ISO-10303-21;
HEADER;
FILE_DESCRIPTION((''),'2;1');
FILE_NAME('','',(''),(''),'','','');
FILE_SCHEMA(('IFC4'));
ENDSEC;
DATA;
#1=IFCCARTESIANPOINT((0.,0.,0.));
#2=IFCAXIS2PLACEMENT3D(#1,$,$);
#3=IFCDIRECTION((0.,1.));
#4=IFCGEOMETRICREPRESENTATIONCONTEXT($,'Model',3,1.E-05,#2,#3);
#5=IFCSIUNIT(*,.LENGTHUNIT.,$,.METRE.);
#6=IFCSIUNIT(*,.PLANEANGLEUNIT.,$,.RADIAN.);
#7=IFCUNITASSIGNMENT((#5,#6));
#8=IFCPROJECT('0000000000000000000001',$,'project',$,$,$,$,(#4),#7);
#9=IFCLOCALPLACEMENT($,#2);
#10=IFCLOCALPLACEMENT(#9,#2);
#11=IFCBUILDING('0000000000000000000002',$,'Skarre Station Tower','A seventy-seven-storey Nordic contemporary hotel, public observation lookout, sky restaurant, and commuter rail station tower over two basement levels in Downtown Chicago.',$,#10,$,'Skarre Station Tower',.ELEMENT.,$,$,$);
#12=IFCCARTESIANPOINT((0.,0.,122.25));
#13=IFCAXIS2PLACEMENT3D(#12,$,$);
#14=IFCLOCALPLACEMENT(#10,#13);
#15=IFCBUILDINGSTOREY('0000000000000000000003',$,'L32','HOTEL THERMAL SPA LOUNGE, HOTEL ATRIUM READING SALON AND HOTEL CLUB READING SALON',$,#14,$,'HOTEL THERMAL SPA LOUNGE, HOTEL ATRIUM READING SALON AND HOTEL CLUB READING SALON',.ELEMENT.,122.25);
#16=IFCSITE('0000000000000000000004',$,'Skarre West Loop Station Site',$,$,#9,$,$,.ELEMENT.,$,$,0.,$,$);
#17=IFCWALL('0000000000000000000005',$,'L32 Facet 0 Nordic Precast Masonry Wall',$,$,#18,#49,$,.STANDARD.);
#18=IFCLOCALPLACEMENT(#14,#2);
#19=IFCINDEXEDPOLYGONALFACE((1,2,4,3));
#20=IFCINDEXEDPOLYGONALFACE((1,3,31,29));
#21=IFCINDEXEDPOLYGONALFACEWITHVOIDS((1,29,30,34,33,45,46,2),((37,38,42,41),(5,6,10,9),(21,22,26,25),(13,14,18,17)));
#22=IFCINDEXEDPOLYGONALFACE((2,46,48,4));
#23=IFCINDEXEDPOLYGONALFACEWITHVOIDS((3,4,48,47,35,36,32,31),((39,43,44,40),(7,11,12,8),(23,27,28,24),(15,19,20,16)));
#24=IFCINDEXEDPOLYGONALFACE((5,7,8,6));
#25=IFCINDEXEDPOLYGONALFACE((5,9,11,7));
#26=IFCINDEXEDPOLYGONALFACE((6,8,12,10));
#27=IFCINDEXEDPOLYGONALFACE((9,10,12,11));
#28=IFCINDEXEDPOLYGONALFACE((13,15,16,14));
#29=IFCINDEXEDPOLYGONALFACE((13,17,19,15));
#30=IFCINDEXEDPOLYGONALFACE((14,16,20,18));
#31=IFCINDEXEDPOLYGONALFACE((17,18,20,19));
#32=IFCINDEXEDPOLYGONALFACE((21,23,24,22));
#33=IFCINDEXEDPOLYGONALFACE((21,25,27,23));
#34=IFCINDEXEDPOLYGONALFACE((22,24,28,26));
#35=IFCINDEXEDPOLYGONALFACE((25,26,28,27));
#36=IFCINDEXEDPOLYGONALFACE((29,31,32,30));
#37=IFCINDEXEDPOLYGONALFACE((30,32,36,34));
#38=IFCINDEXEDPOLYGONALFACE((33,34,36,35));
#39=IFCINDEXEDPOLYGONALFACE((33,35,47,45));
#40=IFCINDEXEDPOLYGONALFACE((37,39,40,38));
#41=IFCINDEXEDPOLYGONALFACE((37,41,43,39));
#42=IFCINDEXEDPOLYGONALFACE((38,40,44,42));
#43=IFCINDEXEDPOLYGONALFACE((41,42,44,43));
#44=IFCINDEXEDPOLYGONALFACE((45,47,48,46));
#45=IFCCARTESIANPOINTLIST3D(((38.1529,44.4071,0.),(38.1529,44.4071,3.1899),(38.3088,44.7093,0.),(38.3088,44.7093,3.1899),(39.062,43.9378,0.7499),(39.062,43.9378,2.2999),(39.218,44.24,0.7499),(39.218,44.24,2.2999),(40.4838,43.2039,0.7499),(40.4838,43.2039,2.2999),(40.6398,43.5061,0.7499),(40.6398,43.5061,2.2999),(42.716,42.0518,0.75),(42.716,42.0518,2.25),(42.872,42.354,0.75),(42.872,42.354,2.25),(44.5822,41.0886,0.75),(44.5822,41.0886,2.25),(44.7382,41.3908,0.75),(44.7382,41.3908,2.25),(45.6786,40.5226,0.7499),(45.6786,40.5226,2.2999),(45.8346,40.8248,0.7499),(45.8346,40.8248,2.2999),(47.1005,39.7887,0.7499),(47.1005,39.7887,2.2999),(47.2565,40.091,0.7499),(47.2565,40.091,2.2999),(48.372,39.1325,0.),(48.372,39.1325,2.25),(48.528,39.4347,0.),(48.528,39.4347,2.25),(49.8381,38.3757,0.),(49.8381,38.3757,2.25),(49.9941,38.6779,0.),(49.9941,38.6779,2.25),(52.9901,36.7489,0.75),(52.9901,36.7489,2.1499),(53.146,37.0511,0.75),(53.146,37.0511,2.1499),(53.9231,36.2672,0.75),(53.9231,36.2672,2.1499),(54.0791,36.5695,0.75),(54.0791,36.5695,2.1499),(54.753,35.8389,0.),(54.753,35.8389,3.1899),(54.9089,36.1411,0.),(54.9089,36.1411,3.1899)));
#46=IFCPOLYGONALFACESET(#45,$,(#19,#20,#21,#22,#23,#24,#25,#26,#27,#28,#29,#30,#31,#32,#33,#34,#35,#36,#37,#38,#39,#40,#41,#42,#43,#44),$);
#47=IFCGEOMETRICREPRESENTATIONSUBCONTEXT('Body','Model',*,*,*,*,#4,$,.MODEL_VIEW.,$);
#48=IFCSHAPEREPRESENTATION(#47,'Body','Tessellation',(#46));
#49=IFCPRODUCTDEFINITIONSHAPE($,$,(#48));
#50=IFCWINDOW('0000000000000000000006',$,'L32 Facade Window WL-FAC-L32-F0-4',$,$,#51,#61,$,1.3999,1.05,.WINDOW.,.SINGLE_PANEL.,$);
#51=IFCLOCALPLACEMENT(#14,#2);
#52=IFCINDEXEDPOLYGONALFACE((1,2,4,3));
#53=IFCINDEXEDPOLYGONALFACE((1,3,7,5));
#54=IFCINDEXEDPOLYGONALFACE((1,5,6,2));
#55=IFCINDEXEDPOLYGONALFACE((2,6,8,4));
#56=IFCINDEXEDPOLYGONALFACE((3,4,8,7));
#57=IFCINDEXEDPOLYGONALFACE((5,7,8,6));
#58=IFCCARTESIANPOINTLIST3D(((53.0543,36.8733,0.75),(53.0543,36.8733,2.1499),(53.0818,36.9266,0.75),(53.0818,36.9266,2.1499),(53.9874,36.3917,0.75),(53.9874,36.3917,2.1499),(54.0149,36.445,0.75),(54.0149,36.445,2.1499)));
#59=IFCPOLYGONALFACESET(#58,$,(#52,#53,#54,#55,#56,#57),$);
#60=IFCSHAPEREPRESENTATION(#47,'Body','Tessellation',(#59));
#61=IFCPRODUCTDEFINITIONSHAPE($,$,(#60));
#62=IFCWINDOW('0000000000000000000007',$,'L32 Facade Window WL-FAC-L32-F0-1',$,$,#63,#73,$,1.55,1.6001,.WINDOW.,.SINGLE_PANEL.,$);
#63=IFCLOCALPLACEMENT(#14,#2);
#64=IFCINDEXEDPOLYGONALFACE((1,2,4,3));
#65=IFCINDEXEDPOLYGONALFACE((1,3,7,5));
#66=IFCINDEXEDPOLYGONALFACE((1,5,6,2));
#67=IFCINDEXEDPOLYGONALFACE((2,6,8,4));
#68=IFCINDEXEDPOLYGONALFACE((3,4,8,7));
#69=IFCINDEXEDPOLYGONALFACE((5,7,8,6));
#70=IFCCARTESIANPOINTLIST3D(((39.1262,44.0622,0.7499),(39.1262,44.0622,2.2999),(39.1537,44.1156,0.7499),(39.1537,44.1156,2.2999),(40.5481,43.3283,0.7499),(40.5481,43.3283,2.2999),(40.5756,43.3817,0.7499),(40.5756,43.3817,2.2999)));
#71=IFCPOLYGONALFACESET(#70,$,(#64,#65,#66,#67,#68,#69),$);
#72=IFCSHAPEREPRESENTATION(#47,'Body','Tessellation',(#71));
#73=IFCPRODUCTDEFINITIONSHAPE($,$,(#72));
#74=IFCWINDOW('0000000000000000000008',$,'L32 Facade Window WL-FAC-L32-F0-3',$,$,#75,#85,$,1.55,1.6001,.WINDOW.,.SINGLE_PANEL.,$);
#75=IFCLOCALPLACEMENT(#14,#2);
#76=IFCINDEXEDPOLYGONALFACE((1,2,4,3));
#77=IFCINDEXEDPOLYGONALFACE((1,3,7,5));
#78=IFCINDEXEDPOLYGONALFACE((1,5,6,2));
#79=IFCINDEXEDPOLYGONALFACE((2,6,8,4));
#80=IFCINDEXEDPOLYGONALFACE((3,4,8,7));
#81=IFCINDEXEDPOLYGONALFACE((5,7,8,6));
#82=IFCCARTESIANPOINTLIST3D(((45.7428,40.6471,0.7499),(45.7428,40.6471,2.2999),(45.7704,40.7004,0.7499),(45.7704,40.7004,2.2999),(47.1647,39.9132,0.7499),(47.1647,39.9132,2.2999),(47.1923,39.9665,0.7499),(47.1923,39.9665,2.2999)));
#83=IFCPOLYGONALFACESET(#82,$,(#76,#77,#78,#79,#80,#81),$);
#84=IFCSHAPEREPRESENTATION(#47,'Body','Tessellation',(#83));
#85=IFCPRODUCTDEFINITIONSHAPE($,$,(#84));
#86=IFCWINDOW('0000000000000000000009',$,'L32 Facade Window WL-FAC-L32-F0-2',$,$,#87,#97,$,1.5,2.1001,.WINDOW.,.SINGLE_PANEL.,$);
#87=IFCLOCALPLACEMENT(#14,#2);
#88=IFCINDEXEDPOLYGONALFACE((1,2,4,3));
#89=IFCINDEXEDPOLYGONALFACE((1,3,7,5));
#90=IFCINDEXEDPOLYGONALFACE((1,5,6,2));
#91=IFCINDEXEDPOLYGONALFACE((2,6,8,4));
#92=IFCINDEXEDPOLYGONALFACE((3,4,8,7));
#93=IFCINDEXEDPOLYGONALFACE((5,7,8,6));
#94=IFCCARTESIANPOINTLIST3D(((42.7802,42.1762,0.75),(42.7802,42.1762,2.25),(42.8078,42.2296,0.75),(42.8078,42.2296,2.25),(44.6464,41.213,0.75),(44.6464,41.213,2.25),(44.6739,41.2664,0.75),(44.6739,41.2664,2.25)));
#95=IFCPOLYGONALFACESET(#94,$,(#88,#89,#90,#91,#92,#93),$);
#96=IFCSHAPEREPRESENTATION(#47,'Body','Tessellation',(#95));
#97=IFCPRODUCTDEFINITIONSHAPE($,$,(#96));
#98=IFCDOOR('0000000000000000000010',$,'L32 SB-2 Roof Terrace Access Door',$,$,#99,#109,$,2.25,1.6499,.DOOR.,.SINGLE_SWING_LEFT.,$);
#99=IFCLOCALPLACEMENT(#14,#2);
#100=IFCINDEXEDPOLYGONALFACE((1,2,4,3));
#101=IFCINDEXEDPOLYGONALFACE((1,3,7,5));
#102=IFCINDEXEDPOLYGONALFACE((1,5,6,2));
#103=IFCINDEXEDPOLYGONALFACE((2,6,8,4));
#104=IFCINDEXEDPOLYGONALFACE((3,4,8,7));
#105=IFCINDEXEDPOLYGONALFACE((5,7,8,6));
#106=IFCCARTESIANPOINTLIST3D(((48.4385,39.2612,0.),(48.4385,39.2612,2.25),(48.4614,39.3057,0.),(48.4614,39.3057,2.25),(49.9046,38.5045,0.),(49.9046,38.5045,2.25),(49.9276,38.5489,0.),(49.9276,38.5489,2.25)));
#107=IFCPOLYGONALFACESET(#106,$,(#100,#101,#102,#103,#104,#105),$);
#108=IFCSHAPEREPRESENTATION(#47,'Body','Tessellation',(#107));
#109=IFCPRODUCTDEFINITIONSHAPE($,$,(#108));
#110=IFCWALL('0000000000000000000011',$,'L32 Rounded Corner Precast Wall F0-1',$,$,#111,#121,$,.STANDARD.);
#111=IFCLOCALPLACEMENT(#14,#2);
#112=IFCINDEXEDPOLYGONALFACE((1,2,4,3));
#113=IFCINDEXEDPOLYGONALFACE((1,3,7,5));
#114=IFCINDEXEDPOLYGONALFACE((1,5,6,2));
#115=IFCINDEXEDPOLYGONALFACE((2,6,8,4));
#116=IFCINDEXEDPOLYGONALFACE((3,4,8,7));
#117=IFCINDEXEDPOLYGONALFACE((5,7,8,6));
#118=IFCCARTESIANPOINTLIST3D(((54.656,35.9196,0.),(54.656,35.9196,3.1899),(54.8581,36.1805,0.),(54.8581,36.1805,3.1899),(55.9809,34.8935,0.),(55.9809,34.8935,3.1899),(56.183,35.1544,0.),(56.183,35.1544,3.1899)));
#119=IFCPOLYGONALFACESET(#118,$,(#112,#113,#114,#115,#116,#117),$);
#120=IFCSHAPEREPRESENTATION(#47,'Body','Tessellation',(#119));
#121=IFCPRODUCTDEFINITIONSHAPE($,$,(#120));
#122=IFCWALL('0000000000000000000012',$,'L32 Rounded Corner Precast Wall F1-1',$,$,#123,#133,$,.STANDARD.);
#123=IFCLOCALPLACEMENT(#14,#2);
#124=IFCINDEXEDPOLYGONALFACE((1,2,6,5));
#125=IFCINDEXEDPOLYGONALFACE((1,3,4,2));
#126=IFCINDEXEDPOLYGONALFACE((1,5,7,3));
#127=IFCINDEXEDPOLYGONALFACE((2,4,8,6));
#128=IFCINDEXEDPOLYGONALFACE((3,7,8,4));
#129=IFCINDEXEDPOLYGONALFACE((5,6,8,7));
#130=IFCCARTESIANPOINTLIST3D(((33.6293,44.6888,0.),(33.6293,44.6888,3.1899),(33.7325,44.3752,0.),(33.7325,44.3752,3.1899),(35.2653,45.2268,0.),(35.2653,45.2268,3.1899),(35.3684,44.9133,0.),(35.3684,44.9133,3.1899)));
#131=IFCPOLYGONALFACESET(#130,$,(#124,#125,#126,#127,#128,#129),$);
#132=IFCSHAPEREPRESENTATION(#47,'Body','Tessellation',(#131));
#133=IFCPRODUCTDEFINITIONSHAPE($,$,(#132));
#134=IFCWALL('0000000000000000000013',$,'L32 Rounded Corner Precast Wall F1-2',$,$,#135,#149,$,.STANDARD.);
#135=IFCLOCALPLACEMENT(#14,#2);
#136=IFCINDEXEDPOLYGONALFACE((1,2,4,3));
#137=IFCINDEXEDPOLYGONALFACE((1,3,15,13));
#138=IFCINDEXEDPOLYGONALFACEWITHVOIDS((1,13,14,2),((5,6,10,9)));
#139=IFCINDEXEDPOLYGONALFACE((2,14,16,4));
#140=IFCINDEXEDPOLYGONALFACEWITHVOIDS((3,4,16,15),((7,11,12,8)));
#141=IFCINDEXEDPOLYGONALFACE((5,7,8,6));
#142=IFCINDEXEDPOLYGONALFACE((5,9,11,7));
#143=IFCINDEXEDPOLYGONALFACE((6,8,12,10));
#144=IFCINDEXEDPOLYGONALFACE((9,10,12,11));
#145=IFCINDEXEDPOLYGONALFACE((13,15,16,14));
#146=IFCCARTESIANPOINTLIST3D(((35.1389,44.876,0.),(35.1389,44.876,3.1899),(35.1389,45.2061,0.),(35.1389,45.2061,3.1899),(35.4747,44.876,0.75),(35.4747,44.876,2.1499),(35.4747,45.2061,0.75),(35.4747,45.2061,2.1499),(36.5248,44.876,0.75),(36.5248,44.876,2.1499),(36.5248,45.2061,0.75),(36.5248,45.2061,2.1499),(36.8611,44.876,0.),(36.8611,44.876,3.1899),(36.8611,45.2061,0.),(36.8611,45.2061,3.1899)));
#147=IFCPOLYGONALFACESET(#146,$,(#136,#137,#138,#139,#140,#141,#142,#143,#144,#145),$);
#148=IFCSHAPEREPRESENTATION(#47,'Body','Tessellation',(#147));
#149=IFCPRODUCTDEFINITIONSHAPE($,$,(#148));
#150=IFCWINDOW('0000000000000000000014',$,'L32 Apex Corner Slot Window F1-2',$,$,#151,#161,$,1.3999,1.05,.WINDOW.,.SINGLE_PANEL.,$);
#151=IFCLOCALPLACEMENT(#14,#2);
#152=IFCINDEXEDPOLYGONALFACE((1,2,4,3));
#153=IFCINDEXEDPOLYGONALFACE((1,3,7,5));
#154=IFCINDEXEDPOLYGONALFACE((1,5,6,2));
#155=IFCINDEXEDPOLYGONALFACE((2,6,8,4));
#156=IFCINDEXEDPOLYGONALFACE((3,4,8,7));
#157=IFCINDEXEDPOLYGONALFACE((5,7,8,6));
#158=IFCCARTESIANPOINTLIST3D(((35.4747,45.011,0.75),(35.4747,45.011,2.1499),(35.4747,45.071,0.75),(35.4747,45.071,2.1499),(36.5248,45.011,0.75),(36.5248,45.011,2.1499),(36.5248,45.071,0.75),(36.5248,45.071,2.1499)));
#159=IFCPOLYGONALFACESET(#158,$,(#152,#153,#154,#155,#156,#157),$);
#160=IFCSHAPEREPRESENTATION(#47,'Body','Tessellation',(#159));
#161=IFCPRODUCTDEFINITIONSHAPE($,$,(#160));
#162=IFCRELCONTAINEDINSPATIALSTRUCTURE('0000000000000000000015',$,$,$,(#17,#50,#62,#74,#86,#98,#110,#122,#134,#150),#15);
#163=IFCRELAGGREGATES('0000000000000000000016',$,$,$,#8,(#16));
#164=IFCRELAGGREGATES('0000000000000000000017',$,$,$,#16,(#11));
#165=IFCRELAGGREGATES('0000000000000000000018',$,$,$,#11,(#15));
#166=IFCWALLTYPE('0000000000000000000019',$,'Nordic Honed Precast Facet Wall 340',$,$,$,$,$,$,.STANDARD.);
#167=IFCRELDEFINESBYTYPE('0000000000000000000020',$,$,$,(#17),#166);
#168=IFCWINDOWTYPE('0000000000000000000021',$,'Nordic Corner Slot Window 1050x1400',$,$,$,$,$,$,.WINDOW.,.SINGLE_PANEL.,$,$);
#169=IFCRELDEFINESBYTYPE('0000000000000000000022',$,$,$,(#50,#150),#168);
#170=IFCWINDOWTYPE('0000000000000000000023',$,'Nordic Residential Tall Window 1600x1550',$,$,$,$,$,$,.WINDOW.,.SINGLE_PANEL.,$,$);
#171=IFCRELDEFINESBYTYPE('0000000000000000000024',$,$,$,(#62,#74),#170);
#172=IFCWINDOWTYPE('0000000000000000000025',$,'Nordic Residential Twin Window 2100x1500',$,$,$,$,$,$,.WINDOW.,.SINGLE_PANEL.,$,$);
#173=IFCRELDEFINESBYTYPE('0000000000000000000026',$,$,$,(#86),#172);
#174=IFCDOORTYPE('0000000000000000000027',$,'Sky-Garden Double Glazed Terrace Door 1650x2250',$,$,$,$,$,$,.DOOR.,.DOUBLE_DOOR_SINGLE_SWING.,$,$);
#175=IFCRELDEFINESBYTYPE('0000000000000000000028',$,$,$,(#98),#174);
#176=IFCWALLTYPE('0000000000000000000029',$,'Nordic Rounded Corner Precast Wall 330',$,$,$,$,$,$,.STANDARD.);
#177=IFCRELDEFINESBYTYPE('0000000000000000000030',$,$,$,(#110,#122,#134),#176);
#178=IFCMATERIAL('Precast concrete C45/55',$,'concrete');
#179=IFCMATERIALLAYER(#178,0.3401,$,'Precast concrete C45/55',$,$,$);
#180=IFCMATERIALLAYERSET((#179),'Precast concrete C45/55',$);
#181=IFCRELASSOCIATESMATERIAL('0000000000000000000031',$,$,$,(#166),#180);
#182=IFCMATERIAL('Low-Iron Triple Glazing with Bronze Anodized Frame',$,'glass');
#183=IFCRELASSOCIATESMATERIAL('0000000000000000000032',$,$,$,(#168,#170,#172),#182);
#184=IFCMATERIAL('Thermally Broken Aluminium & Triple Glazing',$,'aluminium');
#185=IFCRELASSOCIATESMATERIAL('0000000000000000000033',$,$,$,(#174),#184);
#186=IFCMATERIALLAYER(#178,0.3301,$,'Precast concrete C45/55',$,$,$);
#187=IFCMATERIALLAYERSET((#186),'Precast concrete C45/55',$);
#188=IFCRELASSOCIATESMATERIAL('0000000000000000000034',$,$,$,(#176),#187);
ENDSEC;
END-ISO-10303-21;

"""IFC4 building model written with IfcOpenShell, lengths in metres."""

from ifc_helpers import new_model, si_unit, direction, frame, frame_2d, origin, place, context, subcontext, project, spatial, rectangle, extrude, material, layer, layer_set, type_object, element, fill, save


model = new_model("IFC4")

# Units and contexts
model_context = context("Model", 3, precision=1e-05, world=origin(), true_north=direction((0.0, 1.0)))
body_context = subcontext(model_context, "Body", "Model", "MODEL_VIEW")
ifc_project = project(units=[si_unit("LENGTHUNIT", "METRE"), si_unit("PLANEANGLEUNIT", "RADIAN")], contexts=[model_context])

# Site, building, storey
site_placement = place(None, origin())
site = spatial("IfcSite", under=ifc_project, at=site_placement, Name="Skarre West Loop Station Site", CompositionType="ELEMENT", RefElevation=0.0)
building_placement = place(site_placement, origin())
building = spatial("IfcBuilding", under=site, at=building_placement, Name="Skarre Station Tower", Description="A seventy-seven-storey Nordic contemporary hotel, public observation lookout, sky restaurant, and commuter rail station tower over two basement levels in Downtown Chicago.", LongName="Skarre Station Tower", CompositionType="ELEMENT")
storey_placement = place(building_placement, frame((0.0, 0.0, 122.25)))
storey = spatial("IfcBuildingStorey", under=building, at=storey_placement, Name="L32", Description="HOTEL THERMAL SPA LOUNGE, HOTEL ATRIUM READING SALON AND HOTEL CLUB READING SALON", LongName="HOTEL THERMAL SPA LOUNGE, HOTEL ATRIUM READING SALON AND HOTEL CLUB READING SALON", CompositionType="ELEMENT", Elevation=122.25)

# Wall, openings, windows, door
ifc_material_1 = material(Name="Precast concrete C45/55", Category="concrete")
ifc_layer_1 = layer(ifc_material_1, 0.3401, Name="Precast concrete C45/55")
ifc_layer_set_1 = layer_set([ifc_layer_1], Name="Precast concrete C45/55")
wall_type_1 = type_object("IfcWallType", Name="Nordic Honed Precast Facet Wall 340", PredefinedType="STANDARD", material=ifc_layer_set_1)
wall_1_placement = place(storey_placement, frame((38.231, 44.5581, 0.0), z_axis=(0.0, 0.0, 1.0), x_axis=(0.888614, -0.458657, 0.0)))
wall_1 = element("IfcWall", 1, at=wall_1_placement, inside=storey, type_object=wall_type_1, Name="L32 Facet 0 Nordic Precast Masonry Wall", PredefinedType="STANDARD", context=body_context, shape_type="SweptSolid", body=[
    extrude(rectangle(XDim=18.6809, YDim=0.3401, at=frame_2d((9.3403, 0.0))), origin(), (0.0, 0.0, 1.0), 3.1899),
])
opening_1_placement = place(wall_1_placement, frame((11.5, 0.0, 0.0)))
opening_1 = element("IfcOpeningElement", 2, at=opening_1_placement, cuts=wall_1, PredefinedType="OPENING", context=body_context, shape_type="SweptSolid", body=[
    extrude(rectangle(XDim=1.6499, YDim=2.25, at=frame_2d((0.825, 1.125))), frame((0.0, 0.1799, 0.0), z_axis=(0.0, -1.0, 0.0), x_axis=(1.0, 0.0, 0.0)), (0.0, 0.0, 1.0), 0.3601),
])
opening_2_placement = place(wall_1_placement, frame((1.0229, 0.0, 0.75)))
opening_2 = element("IfcOpeningElement", 3, at=opening_2_placement, cuts=wall_1, PredefinedType="OPENING", context=body_context, shape_type="SweptSolid", body=[
    extrude(rectangle(XDim=1.6001, YDim=1.55, at=frame_2d((0.8, 0.7749))), frame((0.0, 0.1799, 0.0), z_axis=(0.0, -1.0, 0.0), x_axis=(1.0, 0.0, 0.0)), (0.0, 0.0, 1.0), 0.3601),
])
opening_3_placement = place(wall_1_placement, frame((5.135, 0.0, 0.75)))
opening_3 = element("IfcOpeningElement", 4, at=opening_3_placement, cuts=wall_1, PredefinedType="OPENING", context=body_context, shape_type="SweptSolid", body=[
    extrude(rectangle(XDim=2.1001, YDim=1.5, at=frame_2d((1.05, 0.75))), frame((0.0, 0.1799, 0.0), z_axis=(0.0, -1.0, 0.0), x_axis=(1.0, 0.0, 0.0)), (0.0, 0.0, 1.0), 0.3601),
])
opening_4_placement = place(wall_1_placement, frame((8.469, 0.0, 0.75)))
opening_4 = element("IfcOpeningElement", 5, at=opening_4_placement, cuts=wall_1, PredefinedType="OPENING", context=body_context, shape_type="SweptSolid", body=[
    extrude(rectangle(XDim=1.6001, YDim=1.55, at=frame_2d((0.8, 0.7749))), frame((0.0, 0.1799, 0.0), z_axis=(0.0, -1.0, 0.0), x_axis=(1.0, 0.0, 0.0)), (0.0, 0.0, 1.0), 0.3601),
])
opening_5_placement = place(wall_1_placement, frame((16.697, 0.0, 0.75)))
opening_5 = element("IfcOpeningElement", 6, at=opening_5_placement, cuts=wall_1, PredefinedType="OPENING", context=body_context, shape_type="SweptSolid", body=[
    extrude(rectangle(XDim=1.05, YDim=1.3999, at=frame_2d((0.5249, 0.7))), frame((0.0, 0.1799, 0.0), z_axis=(0.0, -1.0, 0.0), x_axis=(1.0, 0.0, 0.0)), (0.0, 0.0, 1.0), 0.3601),
])
ifc_material_2 = material(Name="Low-Iron Triple Glazing with Bronze Anodized Frame", Category="glass")
window_type_1 = type_object("IfcWindowType", Name="Nordic Corner Slot Window 1050x1400", PartitioningType="SINGLE_PANEL", PredefinedType="WINDOW", material=ifc_material_2)
window_1_placement = place(opening_5_placement, origin())
window_1 = element("IfcWindow", 7, at=window_1_placement, inside=storey, type_object=window_type_1, Name="L32 Facade Window WL-FAC-L32-F0-4", OverallHeight=1.3999, OverallWidth=1.05, PartitioningType="SINGLE_PANEL", PredefinedType="WINDOW", context=body_context, shape_type="SweptSolid", body=[
    extrude(rectangle(XDim=1.05, YDim=1.3999, at=frame_2d((0.5249, 0.7))), frame((0.0, 0.03, 0.0), z_axis=(0.0, -1.0, 0.0), x_axis=(1.0, 0.0, 0.0)), (0.0, 0.0, 1.0), 0.0601),
])
fill(opening_5, window_1)
window_type_2 = type_object("IfcWindowType", Name="Nordic Residential Tall Window 1600x1550", PartitioningType="SINGLE_PANEL", PredefinedType="WINDOW", material=ifc_material_2)
window_2_placement = place(opening_2_placement, origin())
window_2 = element("IfcWindow", 8, at=window_2_placement, inside=storey, type_object=window_type_2, Name="L32 Facade Window WL-FAC-L32-F0-1", OverallHeight=1.55, OverallWidth=1.6001, PartitioningType="SINGLE_PANEL", PredefinedType="WINDOW", context=body_context, shape_type="SweptSolid", body=[
    extrude(rectangle(XDim=1.6001, YDim=1.55, at=frame_2d((0.8, 0.7749))), frame((0.0, 0.03, 0.0), z_axis=(0.0, -1.0, 0.0), x_axis=(1.0, 0.0, 0.0)), (0.0, 0.0, 1.0), 0.0601),
])
fill(opening_2, window_2)
window_3_placement = place(opening_4_placement, origin())
window_3 = element("IfcWindow", 9, at=window_3_placement, inside=storey, type_object=window_type_2, Name="L32 Facade Window WL-FAC-L32-F0-3", OverallHeight=1.55, OverallWidth=1.6001, PartitioningType="SINGLE_PANEL", PredefinedType="WINDOW", context=body_context, shape_type="SweptSolid", body=[
    extrude(rectangle(XDim=1.6001, YDim=1.55, at=frame_2d((0.8, 0.7749))), frame((0.0, 0.03, 0.0), z_axis=(0.0, -1.0, 0.0), x_axis=(1.0, 0.0, 0.0)), (0.0, 0.0, 1.0), 0.0601),
])
fill(opening_4, window_3)
window_type_3 = type_object("IfcWindowType", Name="Nordic Residential Twin Window 2100x1500", PartitioningType="SINGLE_PANEL", PredefinedType="WINDOW", material=ifc_material_2)
window_4_placement = place(opening_3_placement, origin())
window_4 = element("IfcWindow", 10, at=window_4_placement, inside=storey, type_object=window_type_3, Name="L32 Facade Window WL-FAC-L32-F0-2", OverallHeight=1.5, OverallWidth=2.1001, PartitioningType="SINGLE_PANEL", PredefinedType="WINDOW", context=body_context, shape_type="SweptSolid", body=[
    extrude(rectangle(XDim=2.1001, YDim=1.5, at=frame_2d((1.05, 0.75))), frame((0.0, 0.03, 0.0), z_axis=(0.0, -1.0, 0.0), x_axis=(1.0, 0.0, 0.0)), (0.0, 0.0, 1.0), 0.0601),
])
fill(opening_3, window_4)
ifc_material_3 = material(Name="Thermally Broken Aluminium & Triple Glazing", Category="aluminium")
door_type_1 = type_object("IfcDoorType", Name="Sky-Garden Double Glazed Terrace Door 1650x2250", OperationType="DOUBLE_DOOR_SINGLE_SWING", PredefinedType="DOOR", material=ifc_material_3)
door_1_placement = place(opening_1_placement, origin())
door_1 = element("IfcDoor", 11, at=door_1_placement, inside=storey, type_object=door_type_1, Name="L32 SB-2 Roof Terrace Access Door", OperationType="SINGLE_SWING_LEFT", OverallHeight=2.25, OverallWidth=1.6499, PredefinedType="DOOR", context=body_context, shape_type="SweptSolid", body=[
    extrude(rectangle(XDim=1.6499, YDim=2.25, at=frame_2d((0.825, 1.125))), frame((0.0, 0.0249, 0.0), z_axis=(0.0, -1.0, 0.0), x_axis=(1.0, 0.0, 0.0)), (0.0, 0.0, 1.0), 0.05),
])
fill(opening_1, door_1)

# Walls
ifc_layer_2 = layer(ifc_material_1, 0.3301, Name="Precast concrete C45/55")
ifc_layer_set_2 = layer_set([ifc_layer_2], Name="Precast concrete C45/55")
wall_type_2 = type_object("IfcWallType", Name="Nordic Rounded Corner Precast Wall 330", PredefinedType="STANDARD", material=ifc_layer_set_2)
wall_2_placement = place(storey_placement, frame((54.7571, 36.05, 0.0), z_axis=(0.0, 0.0, 1.0), x_axis=(0.790621, -0.612305, 0.0)))
element("IfcWall", 12, at=wall_2_placement, inside=storey, type_object=wall_type_2, Name="L32 Rounded Corner Precast Wall F0-1", PredefinedType="STANDARD", context=body_context, shape_type="SweptSolid", body=[
    extrude(rectangle(XDim=1.6758, YDim=0.3301, at=frame_2d((0.8379, 0.0))), origin(), (0.0, 0.0, 1.0), 3.1899),
])
wall_3_placement = place(storey_placement, frame((33.6809, 44.532, 0.0), z_axis=(0.0, 0.0, 1.0), x_axis=(0.949937, 0.31244, 0.0)))
element("IfcWall", 13, at=wall_3_placement, inside=storey, type_object=wall_type_2, Name="L32 Rounded Corner Precast Wall F1-1", PredefinedType="STANDARD", context=body_context, shape_type="SweptSolid", body=[
    extrude(rectangle(XDim=1.7222, YDim=0.3301, at=frame_2d((0.8611, 0.0))), origin(), (0.0, 0.0, 1.0), 3.1899),
])

# Wall, opening, window
wall_4_placement = place(storey_placement, frame((35.1389, 45.041, 0.0), z_axis=(0.0, 0.0, 1.0), x_axis=(1.0, 0.0, 0.0)))
wall_4 = element("IfcWall", 14, at=wall_4_placement, inside=storey, type_object=wall_type_2, Name="L32 Rounded Corner Precast Wall F1-2", PredefinedType="STANDARD", context=body_context, shape_type="SweptSolid", body=[
    extrude(rectangle(XDim=1.7222, YDim=0.3301, at=frame_2d((0.8611, 0.0))), origin(), (0.0, 0.0, 1.0), 3.1899),
])
opening_6_placement = place(wall_4_placement, frame((0.3359, 0.0, 0.75)))
opening_6 = element("IfcOpeningElement", 15, at=opening_6_placement, cuts=wall_4, PredefinedType="OPENING", context=body_context, shape_type="SweptSolid", body=[
    extrude(rectangle(XDim=1.05, YDim=1.3999, at=frame_2d((0.5249, 0.7))), frame((0.0, 0.175, 0.0), z_axis=(0.0, -1.0, 0.0), x_axis=(1.0, 0.0, 0.0)), (0.0, 0.0, 1.0), 0.3501),
])
window_5_placement = place(opening_6_placement, origin())
window_5 = element("IfcWindow", 16, at=window_5_placement, inside=storey, type_object=window_type_1, Name="L32 Apex Corner Slot Window F1-2", OverallHeight=1.3999, OverallWidth=1.05, PartitioningType="SINGLE_PANEL", PredefinedType="WINDOW", context=body_context, shape_type="SweptSolid", body=[
    extrude(rectangle(XDim=1.05, YDim=1.3999, at=frame_2d((0.5249, 0.7))), frame((0.0, 0.03, 0.0), z_axis=(0.0, -1.0, 0.0), x_axis=(1.0, 0.0, 0.0)), (0.0, 0.0, 1.0), 0.0601),
])
fill(opening_6, window_5)

save(model, "model.ifc")
